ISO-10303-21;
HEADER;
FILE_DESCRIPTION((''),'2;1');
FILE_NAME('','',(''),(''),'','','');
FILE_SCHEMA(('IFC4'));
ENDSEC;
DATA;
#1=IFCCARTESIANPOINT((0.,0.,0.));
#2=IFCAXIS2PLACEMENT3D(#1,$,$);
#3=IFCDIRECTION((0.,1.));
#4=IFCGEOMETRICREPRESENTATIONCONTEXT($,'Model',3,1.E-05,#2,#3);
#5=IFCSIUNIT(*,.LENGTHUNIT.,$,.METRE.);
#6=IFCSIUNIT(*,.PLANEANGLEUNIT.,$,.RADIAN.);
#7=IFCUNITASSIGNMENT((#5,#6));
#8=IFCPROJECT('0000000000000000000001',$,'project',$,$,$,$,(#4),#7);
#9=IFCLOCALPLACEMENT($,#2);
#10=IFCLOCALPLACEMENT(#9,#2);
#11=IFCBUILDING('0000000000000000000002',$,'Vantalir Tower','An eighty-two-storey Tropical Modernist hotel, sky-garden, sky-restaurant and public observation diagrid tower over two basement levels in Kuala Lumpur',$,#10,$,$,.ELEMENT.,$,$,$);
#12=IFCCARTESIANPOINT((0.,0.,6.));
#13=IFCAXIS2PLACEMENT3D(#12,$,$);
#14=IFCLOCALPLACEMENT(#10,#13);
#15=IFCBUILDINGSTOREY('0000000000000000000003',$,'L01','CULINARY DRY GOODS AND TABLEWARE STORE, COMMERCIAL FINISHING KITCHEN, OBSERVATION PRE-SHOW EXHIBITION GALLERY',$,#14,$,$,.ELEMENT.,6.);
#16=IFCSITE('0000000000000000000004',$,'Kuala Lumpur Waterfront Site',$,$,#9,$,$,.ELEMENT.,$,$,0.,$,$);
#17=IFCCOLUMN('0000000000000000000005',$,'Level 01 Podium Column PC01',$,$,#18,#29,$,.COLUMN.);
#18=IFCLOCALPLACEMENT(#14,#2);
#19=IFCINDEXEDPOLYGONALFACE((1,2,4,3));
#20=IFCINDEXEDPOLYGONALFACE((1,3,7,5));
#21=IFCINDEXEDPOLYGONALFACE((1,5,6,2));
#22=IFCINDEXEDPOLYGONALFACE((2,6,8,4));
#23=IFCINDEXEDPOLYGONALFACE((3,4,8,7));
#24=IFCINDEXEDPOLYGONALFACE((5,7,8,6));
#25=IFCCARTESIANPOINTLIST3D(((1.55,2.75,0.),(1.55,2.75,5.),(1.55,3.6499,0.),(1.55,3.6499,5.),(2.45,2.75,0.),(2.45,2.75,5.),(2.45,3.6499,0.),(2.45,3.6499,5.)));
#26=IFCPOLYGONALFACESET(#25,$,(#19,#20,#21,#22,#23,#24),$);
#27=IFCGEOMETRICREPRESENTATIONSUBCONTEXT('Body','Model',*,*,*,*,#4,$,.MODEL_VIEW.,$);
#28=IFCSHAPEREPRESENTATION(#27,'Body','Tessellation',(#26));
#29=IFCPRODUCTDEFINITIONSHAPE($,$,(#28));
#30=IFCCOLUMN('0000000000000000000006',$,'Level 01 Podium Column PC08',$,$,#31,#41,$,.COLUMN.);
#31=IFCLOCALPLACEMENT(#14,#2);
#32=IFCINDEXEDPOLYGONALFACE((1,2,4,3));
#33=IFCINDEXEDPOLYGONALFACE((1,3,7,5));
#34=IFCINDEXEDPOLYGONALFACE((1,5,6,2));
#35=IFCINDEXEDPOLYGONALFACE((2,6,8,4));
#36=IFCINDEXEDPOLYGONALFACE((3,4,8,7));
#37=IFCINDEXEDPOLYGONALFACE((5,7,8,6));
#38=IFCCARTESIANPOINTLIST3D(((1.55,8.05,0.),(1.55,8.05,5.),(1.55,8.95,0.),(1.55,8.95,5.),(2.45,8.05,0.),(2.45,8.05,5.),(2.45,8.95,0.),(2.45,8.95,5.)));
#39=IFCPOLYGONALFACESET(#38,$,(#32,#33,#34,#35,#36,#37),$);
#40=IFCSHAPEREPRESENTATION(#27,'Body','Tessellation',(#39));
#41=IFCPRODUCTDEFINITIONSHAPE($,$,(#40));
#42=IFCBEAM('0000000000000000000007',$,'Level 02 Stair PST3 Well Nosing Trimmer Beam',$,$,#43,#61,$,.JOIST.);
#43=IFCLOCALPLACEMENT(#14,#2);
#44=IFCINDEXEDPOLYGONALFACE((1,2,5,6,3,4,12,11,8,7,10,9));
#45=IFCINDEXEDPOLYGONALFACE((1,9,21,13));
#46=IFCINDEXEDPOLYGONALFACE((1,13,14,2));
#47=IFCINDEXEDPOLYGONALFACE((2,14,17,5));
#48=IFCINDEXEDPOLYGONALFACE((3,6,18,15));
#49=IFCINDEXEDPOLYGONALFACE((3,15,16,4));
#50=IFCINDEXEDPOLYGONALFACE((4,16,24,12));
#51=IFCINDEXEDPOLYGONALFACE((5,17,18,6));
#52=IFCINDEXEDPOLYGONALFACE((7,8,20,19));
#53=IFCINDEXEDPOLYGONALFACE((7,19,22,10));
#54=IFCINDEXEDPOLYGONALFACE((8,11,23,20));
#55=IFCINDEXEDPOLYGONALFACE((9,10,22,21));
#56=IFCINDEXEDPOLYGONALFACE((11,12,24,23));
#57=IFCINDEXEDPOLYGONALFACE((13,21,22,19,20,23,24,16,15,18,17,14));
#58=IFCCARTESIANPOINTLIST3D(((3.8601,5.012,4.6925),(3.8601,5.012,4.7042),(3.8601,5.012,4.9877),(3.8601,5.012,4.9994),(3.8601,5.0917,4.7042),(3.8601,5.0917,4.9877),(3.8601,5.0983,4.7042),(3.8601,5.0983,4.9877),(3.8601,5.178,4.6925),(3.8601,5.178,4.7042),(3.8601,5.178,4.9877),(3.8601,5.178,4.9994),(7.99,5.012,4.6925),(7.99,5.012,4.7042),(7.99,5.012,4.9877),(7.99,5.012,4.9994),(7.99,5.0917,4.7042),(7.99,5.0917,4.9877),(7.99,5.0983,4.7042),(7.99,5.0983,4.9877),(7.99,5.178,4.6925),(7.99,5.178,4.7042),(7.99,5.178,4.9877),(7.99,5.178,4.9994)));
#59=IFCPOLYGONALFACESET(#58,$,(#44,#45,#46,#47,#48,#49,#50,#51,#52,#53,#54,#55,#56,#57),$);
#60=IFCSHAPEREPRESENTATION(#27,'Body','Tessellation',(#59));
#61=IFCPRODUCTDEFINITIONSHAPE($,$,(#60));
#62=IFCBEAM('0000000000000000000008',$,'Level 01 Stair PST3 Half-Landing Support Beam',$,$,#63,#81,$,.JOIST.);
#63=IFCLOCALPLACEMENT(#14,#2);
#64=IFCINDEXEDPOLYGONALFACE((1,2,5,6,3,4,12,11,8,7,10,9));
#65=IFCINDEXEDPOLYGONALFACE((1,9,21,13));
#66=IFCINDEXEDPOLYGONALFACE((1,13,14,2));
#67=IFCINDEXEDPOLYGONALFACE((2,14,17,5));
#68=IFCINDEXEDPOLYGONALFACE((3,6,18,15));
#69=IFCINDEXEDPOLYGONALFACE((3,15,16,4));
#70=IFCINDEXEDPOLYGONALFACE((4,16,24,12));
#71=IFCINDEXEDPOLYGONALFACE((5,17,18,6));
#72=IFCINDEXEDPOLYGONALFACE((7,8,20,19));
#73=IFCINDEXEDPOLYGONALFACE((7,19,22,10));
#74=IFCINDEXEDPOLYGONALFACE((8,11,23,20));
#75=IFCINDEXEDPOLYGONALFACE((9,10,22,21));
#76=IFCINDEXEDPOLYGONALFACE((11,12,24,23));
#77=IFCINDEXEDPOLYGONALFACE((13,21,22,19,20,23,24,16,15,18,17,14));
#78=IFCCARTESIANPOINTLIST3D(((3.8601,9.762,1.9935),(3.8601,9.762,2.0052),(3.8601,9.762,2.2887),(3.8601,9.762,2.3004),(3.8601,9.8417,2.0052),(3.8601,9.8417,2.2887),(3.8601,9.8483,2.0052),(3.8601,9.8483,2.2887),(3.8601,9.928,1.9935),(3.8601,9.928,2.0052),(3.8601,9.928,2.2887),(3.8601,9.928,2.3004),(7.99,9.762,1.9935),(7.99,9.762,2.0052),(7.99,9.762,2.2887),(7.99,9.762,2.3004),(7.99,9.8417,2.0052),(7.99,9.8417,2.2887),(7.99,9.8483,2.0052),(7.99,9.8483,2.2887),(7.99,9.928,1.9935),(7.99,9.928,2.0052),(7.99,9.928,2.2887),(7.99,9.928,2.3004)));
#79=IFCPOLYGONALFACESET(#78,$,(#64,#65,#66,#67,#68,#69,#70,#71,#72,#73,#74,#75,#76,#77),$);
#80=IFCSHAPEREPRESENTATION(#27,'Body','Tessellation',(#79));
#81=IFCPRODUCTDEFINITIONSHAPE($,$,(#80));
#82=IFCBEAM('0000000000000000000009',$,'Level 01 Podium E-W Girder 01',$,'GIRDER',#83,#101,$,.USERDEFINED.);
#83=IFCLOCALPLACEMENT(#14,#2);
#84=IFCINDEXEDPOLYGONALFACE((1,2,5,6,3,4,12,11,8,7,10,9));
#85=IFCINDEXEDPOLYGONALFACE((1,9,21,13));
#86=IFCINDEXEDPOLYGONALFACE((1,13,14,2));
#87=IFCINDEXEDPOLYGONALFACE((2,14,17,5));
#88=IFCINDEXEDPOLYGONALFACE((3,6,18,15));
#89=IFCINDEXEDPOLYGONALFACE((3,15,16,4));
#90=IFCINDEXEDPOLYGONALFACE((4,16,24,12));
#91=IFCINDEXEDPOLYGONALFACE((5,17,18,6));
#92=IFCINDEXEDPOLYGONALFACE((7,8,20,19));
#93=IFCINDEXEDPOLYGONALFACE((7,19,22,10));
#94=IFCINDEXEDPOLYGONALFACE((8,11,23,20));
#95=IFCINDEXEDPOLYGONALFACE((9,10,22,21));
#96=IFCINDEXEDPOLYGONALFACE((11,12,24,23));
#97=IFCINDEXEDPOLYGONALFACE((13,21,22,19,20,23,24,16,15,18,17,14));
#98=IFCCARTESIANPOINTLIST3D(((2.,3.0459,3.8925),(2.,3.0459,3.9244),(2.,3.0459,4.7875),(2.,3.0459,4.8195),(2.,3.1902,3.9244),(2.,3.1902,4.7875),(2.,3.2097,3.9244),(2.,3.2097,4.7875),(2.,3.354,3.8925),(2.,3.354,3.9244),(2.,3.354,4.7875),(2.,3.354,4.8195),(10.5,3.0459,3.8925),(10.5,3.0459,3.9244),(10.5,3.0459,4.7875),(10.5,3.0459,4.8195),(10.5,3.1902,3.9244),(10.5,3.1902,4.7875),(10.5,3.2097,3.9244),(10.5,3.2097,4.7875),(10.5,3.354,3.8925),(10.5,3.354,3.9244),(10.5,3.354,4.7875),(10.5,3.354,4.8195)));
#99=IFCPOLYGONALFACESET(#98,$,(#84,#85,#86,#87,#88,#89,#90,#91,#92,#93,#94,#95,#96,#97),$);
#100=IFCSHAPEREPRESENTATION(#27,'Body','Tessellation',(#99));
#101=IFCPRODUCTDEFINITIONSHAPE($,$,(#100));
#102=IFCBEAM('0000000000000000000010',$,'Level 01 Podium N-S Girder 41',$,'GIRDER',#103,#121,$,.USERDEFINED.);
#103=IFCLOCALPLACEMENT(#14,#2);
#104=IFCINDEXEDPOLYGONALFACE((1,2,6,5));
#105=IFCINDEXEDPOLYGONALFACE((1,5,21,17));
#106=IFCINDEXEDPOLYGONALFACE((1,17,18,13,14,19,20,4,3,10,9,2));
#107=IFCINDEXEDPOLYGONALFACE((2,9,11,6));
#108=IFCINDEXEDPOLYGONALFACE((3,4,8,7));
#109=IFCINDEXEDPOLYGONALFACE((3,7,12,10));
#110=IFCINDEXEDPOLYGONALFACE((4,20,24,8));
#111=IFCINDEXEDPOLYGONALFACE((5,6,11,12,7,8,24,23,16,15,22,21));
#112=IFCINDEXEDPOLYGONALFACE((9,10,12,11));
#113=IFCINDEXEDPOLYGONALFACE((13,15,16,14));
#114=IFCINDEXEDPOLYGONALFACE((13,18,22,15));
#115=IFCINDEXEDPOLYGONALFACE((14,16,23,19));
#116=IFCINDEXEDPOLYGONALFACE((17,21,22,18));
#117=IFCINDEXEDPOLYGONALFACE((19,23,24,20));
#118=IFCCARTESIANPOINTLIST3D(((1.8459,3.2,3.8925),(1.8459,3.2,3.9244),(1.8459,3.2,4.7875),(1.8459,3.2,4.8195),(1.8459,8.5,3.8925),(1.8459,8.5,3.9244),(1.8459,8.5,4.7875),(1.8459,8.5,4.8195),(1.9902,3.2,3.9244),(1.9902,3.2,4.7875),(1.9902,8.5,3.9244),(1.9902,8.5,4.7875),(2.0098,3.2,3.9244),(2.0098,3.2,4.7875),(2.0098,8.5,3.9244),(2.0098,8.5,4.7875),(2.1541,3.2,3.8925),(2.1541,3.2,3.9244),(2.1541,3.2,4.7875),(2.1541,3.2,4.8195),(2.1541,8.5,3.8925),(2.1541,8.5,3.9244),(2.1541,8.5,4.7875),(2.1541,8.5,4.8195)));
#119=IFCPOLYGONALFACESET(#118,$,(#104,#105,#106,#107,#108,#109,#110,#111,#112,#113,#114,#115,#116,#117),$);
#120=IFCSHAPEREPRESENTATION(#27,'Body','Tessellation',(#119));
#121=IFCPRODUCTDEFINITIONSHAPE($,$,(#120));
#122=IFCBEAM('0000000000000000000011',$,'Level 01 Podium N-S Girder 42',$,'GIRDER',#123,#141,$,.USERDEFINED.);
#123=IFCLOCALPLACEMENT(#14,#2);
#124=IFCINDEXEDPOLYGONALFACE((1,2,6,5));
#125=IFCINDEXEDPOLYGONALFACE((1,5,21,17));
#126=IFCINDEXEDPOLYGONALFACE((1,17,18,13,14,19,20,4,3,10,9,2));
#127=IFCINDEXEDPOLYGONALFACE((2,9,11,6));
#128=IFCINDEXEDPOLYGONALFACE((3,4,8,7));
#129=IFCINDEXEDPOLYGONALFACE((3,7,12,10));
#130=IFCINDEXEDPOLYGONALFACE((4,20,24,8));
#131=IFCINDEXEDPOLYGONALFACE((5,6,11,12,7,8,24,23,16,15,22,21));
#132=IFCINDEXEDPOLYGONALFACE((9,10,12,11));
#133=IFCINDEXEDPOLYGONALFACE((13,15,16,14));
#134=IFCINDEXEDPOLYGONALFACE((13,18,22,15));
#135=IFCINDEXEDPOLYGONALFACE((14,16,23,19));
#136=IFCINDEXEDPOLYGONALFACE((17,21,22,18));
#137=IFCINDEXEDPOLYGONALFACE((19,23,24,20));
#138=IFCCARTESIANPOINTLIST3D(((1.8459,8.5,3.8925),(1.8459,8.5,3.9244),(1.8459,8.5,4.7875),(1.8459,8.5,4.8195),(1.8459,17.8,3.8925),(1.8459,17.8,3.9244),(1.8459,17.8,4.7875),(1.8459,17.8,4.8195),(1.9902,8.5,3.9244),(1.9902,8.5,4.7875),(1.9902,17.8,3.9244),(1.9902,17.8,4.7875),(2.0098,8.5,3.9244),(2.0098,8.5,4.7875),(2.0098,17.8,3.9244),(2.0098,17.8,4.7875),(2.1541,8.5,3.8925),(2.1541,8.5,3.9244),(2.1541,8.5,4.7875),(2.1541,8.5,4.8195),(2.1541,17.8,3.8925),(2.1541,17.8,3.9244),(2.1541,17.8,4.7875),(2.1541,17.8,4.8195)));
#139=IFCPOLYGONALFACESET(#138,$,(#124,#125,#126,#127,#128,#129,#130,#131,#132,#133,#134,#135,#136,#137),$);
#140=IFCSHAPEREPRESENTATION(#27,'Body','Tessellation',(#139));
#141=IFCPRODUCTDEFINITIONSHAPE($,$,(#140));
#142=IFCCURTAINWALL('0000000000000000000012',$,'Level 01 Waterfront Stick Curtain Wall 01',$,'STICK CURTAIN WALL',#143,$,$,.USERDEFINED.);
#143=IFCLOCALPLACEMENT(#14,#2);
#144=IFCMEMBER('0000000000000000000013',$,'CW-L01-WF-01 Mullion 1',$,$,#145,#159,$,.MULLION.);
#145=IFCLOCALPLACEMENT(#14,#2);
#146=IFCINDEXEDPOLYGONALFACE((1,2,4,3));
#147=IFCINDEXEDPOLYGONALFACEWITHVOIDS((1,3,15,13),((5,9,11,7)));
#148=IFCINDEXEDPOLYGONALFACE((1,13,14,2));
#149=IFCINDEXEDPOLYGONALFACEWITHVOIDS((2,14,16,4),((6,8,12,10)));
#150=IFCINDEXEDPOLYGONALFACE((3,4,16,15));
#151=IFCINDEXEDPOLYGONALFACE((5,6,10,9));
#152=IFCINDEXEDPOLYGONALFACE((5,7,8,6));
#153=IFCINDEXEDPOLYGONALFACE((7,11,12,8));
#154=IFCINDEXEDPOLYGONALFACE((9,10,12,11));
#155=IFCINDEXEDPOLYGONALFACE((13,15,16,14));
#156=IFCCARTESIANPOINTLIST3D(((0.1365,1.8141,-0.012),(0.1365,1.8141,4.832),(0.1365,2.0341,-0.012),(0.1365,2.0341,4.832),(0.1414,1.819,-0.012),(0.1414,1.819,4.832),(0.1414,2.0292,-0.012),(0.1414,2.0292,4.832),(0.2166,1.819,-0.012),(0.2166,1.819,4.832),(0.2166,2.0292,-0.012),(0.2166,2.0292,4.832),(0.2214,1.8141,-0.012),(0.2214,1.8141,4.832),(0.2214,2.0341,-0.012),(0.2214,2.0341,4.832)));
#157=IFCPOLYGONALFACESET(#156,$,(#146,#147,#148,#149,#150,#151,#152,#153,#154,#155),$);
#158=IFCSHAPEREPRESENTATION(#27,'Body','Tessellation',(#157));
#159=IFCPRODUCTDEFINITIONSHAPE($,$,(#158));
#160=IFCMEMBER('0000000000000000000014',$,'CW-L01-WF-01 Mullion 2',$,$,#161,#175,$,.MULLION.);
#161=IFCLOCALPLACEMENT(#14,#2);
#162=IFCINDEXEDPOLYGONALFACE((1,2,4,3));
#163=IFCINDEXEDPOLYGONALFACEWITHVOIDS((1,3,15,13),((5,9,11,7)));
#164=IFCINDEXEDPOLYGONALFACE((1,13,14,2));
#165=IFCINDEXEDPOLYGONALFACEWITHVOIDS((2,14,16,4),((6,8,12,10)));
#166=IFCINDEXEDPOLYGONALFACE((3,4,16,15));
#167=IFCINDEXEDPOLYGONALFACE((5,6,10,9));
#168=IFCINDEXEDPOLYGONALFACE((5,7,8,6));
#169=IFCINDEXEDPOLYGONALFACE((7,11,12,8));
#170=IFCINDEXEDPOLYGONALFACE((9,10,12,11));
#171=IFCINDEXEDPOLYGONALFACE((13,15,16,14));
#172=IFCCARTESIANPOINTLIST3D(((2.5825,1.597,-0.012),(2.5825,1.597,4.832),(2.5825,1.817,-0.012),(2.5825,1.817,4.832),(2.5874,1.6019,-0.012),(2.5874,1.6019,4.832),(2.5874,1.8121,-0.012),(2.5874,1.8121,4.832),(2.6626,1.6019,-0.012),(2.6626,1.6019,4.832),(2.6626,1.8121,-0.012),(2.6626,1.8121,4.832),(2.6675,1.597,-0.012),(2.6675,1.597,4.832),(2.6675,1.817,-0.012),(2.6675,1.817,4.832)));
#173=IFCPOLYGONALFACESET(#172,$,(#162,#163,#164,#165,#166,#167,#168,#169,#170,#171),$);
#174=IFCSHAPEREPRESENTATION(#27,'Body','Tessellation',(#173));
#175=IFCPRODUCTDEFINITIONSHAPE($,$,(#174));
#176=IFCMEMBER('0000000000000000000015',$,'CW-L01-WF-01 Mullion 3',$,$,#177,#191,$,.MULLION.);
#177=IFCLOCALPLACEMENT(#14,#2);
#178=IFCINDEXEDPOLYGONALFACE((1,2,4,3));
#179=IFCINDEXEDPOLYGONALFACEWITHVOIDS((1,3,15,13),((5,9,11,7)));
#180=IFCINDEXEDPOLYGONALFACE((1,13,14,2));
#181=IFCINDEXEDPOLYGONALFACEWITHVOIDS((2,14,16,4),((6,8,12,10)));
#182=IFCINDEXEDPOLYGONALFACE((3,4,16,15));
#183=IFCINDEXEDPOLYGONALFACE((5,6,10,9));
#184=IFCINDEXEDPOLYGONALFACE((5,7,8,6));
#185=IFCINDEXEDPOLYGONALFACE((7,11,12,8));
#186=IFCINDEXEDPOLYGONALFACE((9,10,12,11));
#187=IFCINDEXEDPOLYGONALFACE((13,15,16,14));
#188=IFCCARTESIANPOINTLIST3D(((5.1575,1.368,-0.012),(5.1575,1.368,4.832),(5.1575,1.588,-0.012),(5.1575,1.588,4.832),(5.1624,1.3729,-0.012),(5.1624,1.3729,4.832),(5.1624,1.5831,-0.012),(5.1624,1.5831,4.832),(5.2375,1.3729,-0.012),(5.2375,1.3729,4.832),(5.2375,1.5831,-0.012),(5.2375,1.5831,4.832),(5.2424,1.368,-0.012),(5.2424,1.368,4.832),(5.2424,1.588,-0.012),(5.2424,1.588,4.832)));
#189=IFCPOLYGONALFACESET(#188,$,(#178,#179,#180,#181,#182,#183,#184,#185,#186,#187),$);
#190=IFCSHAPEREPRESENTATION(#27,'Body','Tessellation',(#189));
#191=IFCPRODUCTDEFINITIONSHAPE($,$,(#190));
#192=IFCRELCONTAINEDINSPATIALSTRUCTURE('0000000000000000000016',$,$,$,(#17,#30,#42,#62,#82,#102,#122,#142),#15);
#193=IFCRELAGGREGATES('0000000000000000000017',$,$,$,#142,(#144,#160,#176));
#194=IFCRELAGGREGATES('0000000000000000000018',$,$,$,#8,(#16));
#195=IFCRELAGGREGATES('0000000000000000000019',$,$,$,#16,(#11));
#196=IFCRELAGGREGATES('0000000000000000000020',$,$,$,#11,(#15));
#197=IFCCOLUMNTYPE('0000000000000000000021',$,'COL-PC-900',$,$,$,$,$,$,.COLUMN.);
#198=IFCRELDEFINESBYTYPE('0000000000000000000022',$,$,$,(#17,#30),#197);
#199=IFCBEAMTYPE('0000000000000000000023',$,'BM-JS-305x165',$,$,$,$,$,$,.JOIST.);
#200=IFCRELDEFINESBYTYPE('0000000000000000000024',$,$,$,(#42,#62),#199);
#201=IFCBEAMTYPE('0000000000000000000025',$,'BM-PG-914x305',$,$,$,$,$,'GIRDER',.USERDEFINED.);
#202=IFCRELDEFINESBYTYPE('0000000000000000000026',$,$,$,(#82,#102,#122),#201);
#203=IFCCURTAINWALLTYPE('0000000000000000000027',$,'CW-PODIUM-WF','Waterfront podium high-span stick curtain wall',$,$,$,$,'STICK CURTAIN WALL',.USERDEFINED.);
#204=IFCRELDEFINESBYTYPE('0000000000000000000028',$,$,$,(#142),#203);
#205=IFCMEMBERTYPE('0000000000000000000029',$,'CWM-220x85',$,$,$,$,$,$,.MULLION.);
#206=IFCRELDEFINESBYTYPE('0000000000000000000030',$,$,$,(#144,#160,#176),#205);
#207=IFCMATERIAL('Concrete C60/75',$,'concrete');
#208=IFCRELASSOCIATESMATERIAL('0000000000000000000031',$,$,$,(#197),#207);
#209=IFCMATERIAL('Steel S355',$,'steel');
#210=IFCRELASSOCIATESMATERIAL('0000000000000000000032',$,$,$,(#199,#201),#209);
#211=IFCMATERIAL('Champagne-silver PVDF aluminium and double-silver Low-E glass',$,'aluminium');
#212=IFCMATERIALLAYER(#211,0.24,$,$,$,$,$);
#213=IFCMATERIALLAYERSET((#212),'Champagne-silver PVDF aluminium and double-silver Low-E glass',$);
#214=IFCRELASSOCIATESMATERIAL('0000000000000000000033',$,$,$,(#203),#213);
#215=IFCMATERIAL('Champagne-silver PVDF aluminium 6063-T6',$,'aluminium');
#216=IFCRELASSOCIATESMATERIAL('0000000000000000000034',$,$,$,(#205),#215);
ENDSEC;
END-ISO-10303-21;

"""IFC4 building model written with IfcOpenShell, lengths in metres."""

from ifc_helpers import new_model, si_unit, direction, frame, origin, origin_2d, place, context, subcontext, project, spatial, rectangle, hollow_rectangle, i_section, extrude, material, layer, layer_set, material_profile, profile_set, type_object, element, aggregate, save


model = new_model("IFC4")

# Units and contexts
model_context = context("Model", 3, precision=1e-05, world=origin(), true_north=direction((0.0, 1.0)))
body_context = subcontext(model_context, "Body", "Model", "MODEL_VIEW")
ifc_project = project(units=[si_unit("LENGTHUNIT", "METRE"), si_unit("PLANEANGLEUNIT", "RADIAN")], contexts=[model_context])

# Site, building, storey
site_placement = place(None, origin())
site = spatial("IfcSite", under=ifc_project, at=site_placement, Name="Kuala Lumpur Waterfront Site", CompositionType="ELEMENT", RefElevation=0.0)
building_placement = place(site_placement, origin())
building = spatial("IfcBuilding", under=site, at=building_placement, Name="Vantalir Tower", Description="An eighty-two-storey Tropical Modernist hotel, sky-garden, sky-restaurant and public observation diagrid tower over two basement levels in Kuala Lumpur", CompositionType="ELEMENT")
storey_placement = place(building_placement, frame((0.0, 0.0, 6.0)))
storey = spatial("IfcBuildingStorey", under=building, at=storey_placement, Name="L01", Description="CULINARY DRY GOODS AND TABLEWARE STORE, COMMERCIAL FINISHING KITCHEN, OBSERVATION PRE-SHOW EXHIBITION GALLERY", CompositionType="ELEMENT", Elevation=6.0)

# Columns
ifc_material_1 = material(Name="Concrete C60/75", Category="concrete")
ifc_material_profile_1 = material_profile(ifc_material_1, rectangle(XDim=0.8999, YDim=0.8999, at=origin_2d()), Name="Concrete C60/75")
ifc_profile_set_1 = profile_set([ifc_material_profile_1], Name="Concrete C60/75")
column_type = type_object("IfcColumnType", Name="COL-PC-900", PredefinedType="COLUMN", material=ifc_profile_set_1)
for number, where, z_axis, x_axis, name in (
    (1, (2.0, 3.2, 0.0), (0.0, 0.0, 1.0), (1.0, 0.0, 0.0), "Level 01 Podium Column PC01"),
    (2, (2.0, 8.5, 0.0), (0.0, 0.0, 1.0), (1.0, 0.0, 0.0), "Level 01 Podium Column PC08"),
):
    element("IfcColumn", number, at=place(storey_placement, frame(where, z_axis=z_axis, x_axis=x_axis)), inside=storey, type_object=column_type, Name=name, PredefinedType="COLUMN", context=body_context, shape_type="SweptSolid", body=[
        extrude(rectangle(XDim=0.8999, YDim=0.8999, at=origin_2d()), origin(), (0.0, 0.0, 1.0), 5.0),
    ])

# Beams
ifc_material_2 = material(Name="Steel S355", Category="steel")
ifc_material_profile_2 = material_profile(ifc_material_2, i_section(OverallWidth=0.166, OverallDepth=0.3069, WebThickness=0.0066, FlangeThickness=0.0117, at=origin_2d()), Name="Steel S355")
ifc_profile_set_2 = profile_set([ifc_material_profile_2], Name="Steel S355")
beam_type_1 = type_object("IfcBeamType", Name="BM-JS-305x165", PredefinedType="JOIST", material=ifc_profile_set_2)
for number, where, z_axis, x_axis, name in (
    (3, (3.8601, 5.095, 4.8459), (1.0, 0.0, 0.0), (0.0, 1.0, 0.0), "Level 02 Stair PST3 Well Nosing Trimmer Beam"),
    (4, (3.8601, 9.845, 2.147), (1.0, 0.0, 0.0), (0.0, 1.0, 0.0), "Level 01 Stair PST3 Half-Landing Support Beam"),
):
    element("IfcBeam", number, at=place(storey_placement, frame(where, z_axis=z_axis, x_axis=x_axis)), inside=storey, type_object=beam_type_1, Name=name, PredefinedType="JOIST", context=body_context, shape_type="SweptSolid", body=[
        extrude(i_section(OverallWidth=0.166, OverallDepth=0.3069, WebThickness=0.0066, FlangeThickness=0.0117, at=origin_2d()), origin(), (0.0, 0.0, 1.0), 4.1299),
    ])
ifc_material_profile_3 = material_profile(ifc_material_2, i_section(OverallWidth=0.3081, OverallDepth=0.927, WebThickness=0.0195, FlangeThickness=0.032, at=origin_2d()), Name="Steel S355")
ifc_profile_set_3 = profile_set([ifc_material_profile_3], Name="Steel S355")
beam_type_2 = type_object("IfcBeamType", Name="BM-PG-914x305", ElementType="GIRDER", PredefinedType="USERDEFINED", material=ifc_profile_set_3)
beam_1_placement = place(storey_placement, frame((2.0, 3.2, 4.356), z_axis=(1.0, 0.0, 0.0), x_axis=(0.0, 1.0, 0.0)))
element("IfcBeam", 5, at=beam_1_placement, inside=storey, type_object=beam_type_2, Name="Level 01 Podium E-W Girder 01", ObjectType="GIRDER", PredefinedType="USERDEFINED", context=body_context, shape_type="SweptSolid", body=[
    extrude(i_section(OverallWidth=0.3081, OverallDepth=0.927, WebThickness=0.0195, FlangeThickness=0.032, at=origin_2d()), origin(), (0.0, 0.0, 1.0), 8.5),
])
beam_2_placement = place(storey_placement, frame((2.0, 3.2, 4.356), z_axis=(0.0, 1.0, 0.0), x_axis=(-1.0, 0.0, 0.0)))
element("IfcBeam", 6, at=beam_2_placement, inside=storey, type_object=beam_type_2, Name="Level 01 Podium N-S Girder 41", ObjectType="GIRDER", PredefinedType="USERDEFINED", context=body_context, shape_type="SweptSolid", body=[
    extrude(i_section(OverallWidth=0.3081, OverallDepth=0.927, WebThickness=0.0195, FlangeThickness=0.032, at=origin_2d()), origin(), (0.0, 0.0, 1.0), 5.3),
])
beam_3_placement = place(storey_placement, frame((2.0, 8.5, 4.356), z_axis=(0.0, 1.0, 0.0), x_axis=(-1.0, 0.0, 0.0)))
element("IfcBeam", 7, at=beam_3_placement, inside=storey, type_object=beam_type_2, Name="Level 01 Podium N-S Girder 42", ObjectType="GIRDER", PredefinedType="USERDEFINED", context=body_context, shape_type="SweptSolid", body=[
    extrude(i_section(OverallWidth=0.3081, OverallDepth=0.927, WebThickness=0.0195, FlangeThickness=0.032, at=origin_2d()), origin(), (0.0, 0.0, 1.0), 9.3),
])

# Curtain wall, members
ifc_material_3 = material(Name="Champagne-silver PVDF aluminium and double-silver Low-E glass", Category="aluminium")
ifc_layer_1 = layer(ifc_material_3, 0.24)
ifc_layer_set_1 = layer_set([ifc_layer_1], Name="Champagne-silver PVDF aluminium and double-silver Low-E glass")
curtain_wall_type = type_object("IfcCurtainWallType", Name="CW-PODIUM-WF", Description="Waterfront podium high-span stick curtain wall", ElementType="STICK CURTAIN WALL", PredefinedType="USERDEFINED", material=ifc_layer_set_1)
curtain_wall_1_placement = place(storey_placement, origin())
curtain_wall_1 = element("IfcCurtainWall", 8, at=curtain_wall_1_placement, inside=storey, type_object=curtain_wall_type, Name="Level 01 Waterfront Stick Curtain Wall 01", ObjectType="STICK CURTAIN WALL", PredefinedType="USERDEFINED")
ifc_material_4 = material(Name="Champagne-silver PVDF aluminium 6063-T6", Category="aluminium")
ifc_material_profile_4 = material_profile(ifc_material_4, hollow_rectangle(XDim=0.085, YDim=0.22, WallThickness=0.0049, at=origin_2d()), Name="Champagne-silver PVDF aluminium 6063-T6")
ifc_profile_set_4 = profile_set([ifc_material_profile_4], Name="Champagne-silver PVDF aluminium 6063-T6")
member_type_1 = type_object("IfcMemberType", Name="CWM-220x85", PredefinedType="MULLION", material=ifc_profile_set_4)
member_1_placement = place(storey_placement, frame((0.179, 1.9241, -0.012), z_axis=(0.0, 0.0, 1.0), x_axis=(1.0, 0.0, 0.0)))
member_1 = element("IfcMember", 9, at=member_1_placement, type_object=member_type_1, Name="CW-L01-WF-01 Mullion 1", PredefinedType="MULLION", context=body_context, shape_type="SweptSolid", body=[
    extrude(hollow_rectangle(XDim=0.085, YDim=0.22, WallThickness=0.0049, at=origin_2d()), origin(), (0.0, 0.0, 1.0), 4.844),
])
member_2_placement = place(storey_placement, frame((2.625, 1.707, -0.012), z_axis=(0.0, 0.0, 1.0), x_axis=(1.0, 0.0, 0.0)))
member_2 = element("IfcMember", 10, at=member_2_placement, type_object=member_type_1, Name="CW-L01-WF-01 Mullion 2", PredefinedType="MULLION", context=body_context, shape_type="SweptSolid", body=[
    extrude(hollow_rectangle(XDim=0.085, YDim=0.22, WallThickness=0.0049, at=origin_2d()), origin(), (0.0, 0.0, 1.0), 4.844),
])
member_3_placement = place(storey_placement, frame((5.2, 1.478, -0.012), z_axis=(0.0, 0.0, 1.0), x_axis=(1.0, 0.0, 0.0)))
member_3 = element("IfcMember", 11, at=member_3_placement, type_object=member_type_1, Name="CW-L01-WF-01 Mullion 3", PredefinedType="MULLION", context=body_context, shape_type="SweptSolid", body=[
    extrude(hollow_rectangle(XDim=0.085, YDim=0.22, WallThickness=0.0049, at=origin_2d()), origin(), (0.0, 0.0, 1.0), 4.844),
])

aggregate(curtain_wall_1, [member_1, member_2, member_3])

save(model, "model.ifc")
